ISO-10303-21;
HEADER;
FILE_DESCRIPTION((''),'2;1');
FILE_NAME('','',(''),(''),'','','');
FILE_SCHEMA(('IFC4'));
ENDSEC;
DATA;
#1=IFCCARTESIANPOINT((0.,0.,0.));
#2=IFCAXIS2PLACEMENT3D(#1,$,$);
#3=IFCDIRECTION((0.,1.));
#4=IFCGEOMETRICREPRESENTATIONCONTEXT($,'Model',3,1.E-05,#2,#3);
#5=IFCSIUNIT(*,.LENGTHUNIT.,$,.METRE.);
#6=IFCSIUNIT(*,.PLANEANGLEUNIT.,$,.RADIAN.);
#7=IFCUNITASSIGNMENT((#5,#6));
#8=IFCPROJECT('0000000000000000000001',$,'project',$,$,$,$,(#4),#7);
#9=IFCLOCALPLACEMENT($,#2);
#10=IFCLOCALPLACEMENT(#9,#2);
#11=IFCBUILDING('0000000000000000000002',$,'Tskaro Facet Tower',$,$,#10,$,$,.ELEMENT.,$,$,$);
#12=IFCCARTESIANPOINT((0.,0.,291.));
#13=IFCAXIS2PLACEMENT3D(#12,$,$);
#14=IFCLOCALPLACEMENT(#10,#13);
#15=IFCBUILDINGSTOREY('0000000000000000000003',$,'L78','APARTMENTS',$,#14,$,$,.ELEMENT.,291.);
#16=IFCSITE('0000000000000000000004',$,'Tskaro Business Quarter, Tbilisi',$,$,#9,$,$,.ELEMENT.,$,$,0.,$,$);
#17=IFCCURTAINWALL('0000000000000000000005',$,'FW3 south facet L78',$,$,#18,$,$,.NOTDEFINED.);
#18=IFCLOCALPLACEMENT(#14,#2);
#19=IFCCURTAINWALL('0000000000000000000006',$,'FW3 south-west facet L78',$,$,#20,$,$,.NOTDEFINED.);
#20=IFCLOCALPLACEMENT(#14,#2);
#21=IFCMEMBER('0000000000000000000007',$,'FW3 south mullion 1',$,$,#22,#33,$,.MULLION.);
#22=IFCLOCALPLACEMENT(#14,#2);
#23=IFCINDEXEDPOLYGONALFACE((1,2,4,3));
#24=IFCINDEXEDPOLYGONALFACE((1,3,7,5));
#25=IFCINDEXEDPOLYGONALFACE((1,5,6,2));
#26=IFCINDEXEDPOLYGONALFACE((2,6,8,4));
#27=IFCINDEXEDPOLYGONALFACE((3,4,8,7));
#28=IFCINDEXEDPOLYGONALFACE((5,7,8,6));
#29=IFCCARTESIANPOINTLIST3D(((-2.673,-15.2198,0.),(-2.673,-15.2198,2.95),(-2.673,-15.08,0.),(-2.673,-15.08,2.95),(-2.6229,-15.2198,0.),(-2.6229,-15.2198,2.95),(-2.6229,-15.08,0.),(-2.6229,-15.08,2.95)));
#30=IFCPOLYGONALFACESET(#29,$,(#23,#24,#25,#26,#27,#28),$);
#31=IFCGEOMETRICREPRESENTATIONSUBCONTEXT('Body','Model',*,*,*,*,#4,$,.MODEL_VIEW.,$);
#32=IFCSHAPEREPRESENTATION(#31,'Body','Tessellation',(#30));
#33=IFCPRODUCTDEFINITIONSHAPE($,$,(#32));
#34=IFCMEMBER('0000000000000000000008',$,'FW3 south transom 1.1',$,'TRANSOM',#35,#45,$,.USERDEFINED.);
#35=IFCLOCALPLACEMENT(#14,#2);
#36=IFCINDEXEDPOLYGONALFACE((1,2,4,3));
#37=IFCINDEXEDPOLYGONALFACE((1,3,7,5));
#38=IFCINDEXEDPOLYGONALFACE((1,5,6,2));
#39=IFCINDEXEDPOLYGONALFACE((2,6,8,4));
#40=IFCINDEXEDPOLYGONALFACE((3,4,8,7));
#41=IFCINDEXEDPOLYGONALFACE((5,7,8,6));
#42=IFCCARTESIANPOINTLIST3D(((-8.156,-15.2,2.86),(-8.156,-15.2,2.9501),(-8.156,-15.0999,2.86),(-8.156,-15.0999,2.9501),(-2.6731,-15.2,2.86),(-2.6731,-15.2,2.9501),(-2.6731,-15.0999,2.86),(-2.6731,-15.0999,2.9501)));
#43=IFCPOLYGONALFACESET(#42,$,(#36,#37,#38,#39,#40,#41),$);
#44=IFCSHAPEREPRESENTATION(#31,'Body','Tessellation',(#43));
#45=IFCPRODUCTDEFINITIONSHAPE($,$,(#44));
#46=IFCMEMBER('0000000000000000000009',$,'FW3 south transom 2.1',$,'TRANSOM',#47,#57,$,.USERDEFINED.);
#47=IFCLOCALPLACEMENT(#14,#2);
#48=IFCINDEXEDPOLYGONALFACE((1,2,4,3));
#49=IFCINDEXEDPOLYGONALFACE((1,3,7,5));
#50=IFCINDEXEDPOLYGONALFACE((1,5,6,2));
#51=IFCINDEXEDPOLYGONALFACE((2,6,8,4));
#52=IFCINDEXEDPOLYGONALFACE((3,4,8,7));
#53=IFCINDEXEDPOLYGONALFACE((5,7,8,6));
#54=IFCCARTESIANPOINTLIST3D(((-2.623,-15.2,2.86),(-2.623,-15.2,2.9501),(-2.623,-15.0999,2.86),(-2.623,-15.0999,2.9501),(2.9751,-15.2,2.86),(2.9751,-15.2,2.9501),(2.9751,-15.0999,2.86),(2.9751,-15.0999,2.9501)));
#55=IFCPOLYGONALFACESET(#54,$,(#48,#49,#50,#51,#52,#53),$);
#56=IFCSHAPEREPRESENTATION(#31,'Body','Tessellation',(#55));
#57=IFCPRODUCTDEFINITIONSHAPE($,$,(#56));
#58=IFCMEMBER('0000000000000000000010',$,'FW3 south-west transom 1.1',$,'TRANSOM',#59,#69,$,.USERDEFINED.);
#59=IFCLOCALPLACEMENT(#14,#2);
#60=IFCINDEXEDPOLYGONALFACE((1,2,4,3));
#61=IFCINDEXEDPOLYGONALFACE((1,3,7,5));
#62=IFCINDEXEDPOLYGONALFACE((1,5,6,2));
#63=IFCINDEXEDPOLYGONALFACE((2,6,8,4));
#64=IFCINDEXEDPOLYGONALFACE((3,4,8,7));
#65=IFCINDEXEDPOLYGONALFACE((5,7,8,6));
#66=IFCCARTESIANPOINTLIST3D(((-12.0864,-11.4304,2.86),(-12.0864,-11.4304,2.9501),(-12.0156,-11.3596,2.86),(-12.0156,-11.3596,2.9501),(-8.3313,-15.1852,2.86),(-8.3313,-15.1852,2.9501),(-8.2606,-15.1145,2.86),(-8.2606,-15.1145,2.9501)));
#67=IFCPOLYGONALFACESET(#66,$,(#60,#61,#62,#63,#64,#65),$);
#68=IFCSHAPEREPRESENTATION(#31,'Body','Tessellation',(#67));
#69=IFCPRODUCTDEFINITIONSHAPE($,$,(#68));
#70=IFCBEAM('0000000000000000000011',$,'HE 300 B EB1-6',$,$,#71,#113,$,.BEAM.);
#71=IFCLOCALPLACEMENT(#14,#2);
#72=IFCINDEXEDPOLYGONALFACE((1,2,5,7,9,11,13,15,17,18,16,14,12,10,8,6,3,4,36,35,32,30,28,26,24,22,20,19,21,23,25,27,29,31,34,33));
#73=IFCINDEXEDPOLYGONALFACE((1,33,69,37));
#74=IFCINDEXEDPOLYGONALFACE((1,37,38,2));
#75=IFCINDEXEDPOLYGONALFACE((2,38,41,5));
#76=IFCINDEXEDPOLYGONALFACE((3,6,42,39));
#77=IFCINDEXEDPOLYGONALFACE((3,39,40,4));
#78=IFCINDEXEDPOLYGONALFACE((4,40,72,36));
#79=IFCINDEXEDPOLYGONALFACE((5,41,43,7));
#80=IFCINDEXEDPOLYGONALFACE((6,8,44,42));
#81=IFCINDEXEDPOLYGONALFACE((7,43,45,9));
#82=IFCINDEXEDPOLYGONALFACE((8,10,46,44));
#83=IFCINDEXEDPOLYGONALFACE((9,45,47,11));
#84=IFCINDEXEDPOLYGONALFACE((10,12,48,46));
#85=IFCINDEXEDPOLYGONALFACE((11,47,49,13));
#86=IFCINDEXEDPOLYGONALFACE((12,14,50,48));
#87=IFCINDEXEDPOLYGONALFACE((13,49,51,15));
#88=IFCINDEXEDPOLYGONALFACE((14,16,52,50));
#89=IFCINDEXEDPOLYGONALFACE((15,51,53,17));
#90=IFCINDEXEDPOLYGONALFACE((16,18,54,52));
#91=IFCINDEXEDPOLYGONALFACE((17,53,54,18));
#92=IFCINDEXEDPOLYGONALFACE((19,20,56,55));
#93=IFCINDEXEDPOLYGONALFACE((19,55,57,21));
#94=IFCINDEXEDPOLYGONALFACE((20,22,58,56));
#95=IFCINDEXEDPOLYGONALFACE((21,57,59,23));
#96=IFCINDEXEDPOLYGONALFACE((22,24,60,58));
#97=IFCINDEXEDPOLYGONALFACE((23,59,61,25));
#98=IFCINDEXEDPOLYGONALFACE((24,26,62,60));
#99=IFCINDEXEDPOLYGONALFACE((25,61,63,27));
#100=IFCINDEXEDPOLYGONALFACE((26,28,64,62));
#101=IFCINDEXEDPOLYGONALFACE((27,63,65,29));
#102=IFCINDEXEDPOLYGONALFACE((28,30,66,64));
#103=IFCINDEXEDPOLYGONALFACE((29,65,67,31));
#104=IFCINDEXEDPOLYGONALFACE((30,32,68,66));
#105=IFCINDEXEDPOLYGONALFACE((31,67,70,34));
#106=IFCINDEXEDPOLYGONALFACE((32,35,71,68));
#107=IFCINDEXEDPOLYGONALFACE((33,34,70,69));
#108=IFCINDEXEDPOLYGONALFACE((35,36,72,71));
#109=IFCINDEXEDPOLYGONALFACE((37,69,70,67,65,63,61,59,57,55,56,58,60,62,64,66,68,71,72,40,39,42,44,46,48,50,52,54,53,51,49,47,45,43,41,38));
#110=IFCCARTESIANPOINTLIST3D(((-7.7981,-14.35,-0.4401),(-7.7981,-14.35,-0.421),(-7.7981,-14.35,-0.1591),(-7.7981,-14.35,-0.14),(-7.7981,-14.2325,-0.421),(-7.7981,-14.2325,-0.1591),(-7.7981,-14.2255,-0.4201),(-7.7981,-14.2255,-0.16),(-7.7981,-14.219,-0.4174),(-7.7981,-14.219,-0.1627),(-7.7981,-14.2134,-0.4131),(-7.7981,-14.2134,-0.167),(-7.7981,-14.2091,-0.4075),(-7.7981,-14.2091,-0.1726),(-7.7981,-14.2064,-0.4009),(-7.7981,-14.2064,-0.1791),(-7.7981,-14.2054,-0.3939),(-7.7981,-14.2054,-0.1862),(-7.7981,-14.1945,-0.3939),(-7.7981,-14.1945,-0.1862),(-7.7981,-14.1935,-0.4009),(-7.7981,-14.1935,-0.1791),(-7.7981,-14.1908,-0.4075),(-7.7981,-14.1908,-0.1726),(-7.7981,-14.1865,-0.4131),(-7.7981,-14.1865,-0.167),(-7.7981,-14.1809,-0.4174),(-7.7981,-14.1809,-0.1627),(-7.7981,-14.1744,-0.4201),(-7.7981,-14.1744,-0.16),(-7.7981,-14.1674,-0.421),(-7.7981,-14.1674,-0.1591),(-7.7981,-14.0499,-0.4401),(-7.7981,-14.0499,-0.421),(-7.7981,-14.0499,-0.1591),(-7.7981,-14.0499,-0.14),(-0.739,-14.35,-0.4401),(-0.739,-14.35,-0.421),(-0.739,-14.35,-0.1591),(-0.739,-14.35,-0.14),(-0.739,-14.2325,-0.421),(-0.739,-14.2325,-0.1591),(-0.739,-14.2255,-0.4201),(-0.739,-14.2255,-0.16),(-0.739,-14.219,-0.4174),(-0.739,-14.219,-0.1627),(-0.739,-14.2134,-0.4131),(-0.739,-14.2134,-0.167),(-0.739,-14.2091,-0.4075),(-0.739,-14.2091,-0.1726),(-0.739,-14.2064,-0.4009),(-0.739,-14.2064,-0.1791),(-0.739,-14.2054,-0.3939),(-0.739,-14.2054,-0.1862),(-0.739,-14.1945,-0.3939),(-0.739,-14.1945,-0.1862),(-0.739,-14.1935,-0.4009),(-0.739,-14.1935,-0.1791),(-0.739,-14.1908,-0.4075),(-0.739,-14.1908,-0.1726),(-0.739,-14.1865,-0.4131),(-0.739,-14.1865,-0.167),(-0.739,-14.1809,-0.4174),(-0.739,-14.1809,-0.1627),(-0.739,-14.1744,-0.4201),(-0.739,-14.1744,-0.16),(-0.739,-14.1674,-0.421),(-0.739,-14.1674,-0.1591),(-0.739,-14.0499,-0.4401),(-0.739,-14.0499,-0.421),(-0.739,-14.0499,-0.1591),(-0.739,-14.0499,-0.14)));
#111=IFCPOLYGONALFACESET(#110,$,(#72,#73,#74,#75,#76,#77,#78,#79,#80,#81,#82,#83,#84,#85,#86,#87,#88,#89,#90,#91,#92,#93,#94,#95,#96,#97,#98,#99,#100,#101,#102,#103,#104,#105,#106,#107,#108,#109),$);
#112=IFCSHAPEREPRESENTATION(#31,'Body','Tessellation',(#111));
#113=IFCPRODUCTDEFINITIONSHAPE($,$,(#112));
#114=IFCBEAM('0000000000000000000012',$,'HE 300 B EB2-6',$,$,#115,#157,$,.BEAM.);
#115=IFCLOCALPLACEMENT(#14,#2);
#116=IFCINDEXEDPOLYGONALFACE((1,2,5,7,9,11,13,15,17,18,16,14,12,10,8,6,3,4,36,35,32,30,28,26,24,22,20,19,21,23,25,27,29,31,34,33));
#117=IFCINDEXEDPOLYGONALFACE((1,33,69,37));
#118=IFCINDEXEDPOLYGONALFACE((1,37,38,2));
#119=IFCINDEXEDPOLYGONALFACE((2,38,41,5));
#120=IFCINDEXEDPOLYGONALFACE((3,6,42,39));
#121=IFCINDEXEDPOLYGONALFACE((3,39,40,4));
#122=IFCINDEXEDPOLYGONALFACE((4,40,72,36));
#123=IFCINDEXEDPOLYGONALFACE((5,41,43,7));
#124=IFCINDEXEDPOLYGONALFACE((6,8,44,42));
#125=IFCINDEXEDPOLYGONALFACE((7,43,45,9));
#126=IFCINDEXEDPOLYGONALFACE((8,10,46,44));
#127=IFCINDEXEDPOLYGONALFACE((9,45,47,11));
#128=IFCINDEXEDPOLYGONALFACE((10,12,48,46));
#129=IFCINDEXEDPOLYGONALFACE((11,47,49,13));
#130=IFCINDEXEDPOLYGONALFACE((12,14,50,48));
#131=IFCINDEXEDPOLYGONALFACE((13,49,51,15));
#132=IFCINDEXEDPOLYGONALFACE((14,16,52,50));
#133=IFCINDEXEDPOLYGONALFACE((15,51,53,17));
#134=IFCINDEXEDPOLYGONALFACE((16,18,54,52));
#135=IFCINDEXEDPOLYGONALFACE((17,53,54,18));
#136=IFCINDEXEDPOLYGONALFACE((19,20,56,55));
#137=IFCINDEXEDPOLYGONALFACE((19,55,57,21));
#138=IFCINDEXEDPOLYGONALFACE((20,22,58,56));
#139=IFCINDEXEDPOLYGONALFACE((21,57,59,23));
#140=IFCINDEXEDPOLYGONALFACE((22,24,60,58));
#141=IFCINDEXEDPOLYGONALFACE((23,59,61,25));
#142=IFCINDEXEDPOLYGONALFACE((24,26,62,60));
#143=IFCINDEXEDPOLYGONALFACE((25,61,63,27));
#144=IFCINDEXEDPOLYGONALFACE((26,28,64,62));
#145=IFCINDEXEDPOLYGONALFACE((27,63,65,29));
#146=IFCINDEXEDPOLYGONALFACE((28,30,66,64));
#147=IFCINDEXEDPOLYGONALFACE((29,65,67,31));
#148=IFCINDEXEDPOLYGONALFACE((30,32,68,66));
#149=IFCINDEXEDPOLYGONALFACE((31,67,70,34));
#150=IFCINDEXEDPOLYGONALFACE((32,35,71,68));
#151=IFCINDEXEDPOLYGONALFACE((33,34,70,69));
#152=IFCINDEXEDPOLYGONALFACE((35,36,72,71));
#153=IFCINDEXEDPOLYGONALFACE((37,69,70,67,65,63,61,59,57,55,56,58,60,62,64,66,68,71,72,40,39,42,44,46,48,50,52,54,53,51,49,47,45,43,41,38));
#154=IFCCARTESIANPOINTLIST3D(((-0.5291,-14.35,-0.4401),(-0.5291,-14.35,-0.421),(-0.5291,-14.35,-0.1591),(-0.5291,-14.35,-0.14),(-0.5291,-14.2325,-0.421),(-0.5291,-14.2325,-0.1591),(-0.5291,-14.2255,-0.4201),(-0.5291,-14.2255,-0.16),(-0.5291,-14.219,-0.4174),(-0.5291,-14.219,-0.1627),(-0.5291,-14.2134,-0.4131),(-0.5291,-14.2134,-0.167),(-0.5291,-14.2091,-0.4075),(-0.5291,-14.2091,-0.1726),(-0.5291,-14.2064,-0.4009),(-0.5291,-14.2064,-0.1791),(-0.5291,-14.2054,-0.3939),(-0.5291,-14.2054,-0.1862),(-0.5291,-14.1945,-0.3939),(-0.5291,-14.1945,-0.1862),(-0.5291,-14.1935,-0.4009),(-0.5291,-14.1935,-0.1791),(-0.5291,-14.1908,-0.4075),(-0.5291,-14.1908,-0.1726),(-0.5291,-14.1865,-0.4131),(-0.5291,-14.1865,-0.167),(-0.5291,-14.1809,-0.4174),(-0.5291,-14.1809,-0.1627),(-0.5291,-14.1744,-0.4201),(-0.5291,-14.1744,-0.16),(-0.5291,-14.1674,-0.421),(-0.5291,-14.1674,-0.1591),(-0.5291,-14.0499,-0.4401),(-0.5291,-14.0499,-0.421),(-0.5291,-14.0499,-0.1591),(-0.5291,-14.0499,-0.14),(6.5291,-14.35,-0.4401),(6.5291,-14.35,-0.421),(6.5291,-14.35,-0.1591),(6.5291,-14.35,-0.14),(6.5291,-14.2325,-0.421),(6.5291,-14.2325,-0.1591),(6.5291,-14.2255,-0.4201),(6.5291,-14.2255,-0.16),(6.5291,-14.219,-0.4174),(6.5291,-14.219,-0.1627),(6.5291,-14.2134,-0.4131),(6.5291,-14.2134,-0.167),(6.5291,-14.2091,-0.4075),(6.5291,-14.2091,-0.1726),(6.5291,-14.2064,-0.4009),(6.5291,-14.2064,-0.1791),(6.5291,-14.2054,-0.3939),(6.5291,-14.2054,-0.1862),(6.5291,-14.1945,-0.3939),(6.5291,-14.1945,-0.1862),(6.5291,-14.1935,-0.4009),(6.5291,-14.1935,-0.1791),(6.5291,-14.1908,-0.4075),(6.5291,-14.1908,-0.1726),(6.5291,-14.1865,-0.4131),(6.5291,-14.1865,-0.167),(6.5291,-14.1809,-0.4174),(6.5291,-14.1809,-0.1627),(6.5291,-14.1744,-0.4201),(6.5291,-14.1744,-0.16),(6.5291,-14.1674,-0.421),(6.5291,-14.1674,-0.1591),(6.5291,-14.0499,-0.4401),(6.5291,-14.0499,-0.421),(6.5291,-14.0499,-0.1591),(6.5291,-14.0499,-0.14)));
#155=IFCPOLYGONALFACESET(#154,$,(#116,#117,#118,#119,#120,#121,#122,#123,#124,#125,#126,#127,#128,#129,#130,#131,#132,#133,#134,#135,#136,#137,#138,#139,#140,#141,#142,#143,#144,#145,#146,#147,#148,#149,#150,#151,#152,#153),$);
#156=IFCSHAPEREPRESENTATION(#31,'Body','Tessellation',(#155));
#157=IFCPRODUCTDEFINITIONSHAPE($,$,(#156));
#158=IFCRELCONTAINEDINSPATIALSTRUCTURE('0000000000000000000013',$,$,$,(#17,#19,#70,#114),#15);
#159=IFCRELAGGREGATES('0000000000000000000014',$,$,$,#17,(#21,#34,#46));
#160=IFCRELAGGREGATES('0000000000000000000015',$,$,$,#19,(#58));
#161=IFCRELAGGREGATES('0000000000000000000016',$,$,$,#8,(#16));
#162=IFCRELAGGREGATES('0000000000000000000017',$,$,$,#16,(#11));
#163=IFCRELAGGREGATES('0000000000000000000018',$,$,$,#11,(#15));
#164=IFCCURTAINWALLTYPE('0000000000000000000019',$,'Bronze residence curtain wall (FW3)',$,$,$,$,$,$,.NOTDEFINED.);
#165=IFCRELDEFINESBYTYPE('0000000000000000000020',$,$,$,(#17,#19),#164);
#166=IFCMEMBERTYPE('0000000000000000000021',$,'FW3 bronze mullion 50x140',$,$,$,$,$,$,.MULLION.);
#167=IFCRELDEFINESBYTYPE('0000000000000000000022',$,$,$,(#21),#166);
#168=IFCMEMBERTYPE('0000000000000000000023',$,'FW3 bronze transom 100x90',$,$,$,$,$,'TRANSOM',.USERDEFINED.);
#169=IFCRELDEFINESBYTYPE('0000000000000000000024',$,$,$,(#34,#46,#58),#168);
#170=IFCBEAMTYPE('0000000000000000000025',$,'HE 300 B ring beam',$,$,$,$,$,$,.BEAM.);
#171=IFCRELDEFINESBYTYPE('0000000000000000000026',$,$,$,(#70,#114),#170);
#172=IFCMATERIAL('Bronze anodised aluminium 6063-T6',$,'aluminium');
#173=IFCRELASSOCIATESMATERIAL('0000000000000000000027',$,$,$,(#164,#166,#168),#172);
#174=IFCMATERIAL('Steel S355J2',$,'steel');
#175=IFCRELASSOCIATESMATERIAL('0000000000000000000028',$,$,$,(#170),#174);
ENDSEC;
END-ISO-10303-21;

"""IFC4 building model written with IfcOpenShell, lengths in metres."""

from ifc_helpers import new_model, si_unit, direction, frame, origin, origin_2d, place, context, subcontext, project, spatial, rectangle, i_section, extrude, material, material_profile, profile_set, type_object, element, aggregate, save


model = new_model("IFC4")

# Units and contexts
model_context = context("Model", 3, precision=1e-05, world=origin(), true_north=direction((0.0, 1.0)))
body_context = subcontext(model_context, "Body", "Model", "MODEL_VIEW")
ifc_project = project(units=[si_unit("LENGTHUNIT", "METRE"), si_unit("PLANEANGLEUNIT", "RADIAN")], contexts=[model_context])

# Site, building, storey
site_placement = place(None, origin())
site = spatial("IfcSite", under=ifc_project, at=site_placement, Name="Tskaro Business Quarter, Tbilisi", CompositionType="ELEMENT", RefElevation=0.0)
building_placement = place(site_placement, origin())
building = spatial("IfcBuilding", under=site, at=building_placement, Name="Tskaro Facet Tower", CompositionType="ELEMENT")
storey_placement = place(building_placement, frame((0.0, 0.0, 291.0)))
storey = spatial("IfcBuildingStorey", under=building, at=storey_placement, Name="L78", Description="APARTMENTS", CompositionType="ELEMENT", Elevation=291.0)

# Shared definitions
ifc_material_1 = material(Name="Steel S355J2", Category="steel")

# Curtain walls
ifc_material_2 = material(Name="Bronze anodised aluminium 6063-T6", Category="aluminium")
curtain_wall_type = type_object("IfcCurtainWallType", Name="Bronze residence curtain wall (FW3)", PredefinedType="NOTDEFINED", material=ifc_material_2)
curtain_wall_1_placement = place(storey_placement, origin())
curtain_wall_1 = element("IfcCurtainWall", 1, at=curtain_wall_1_placement, inside=storey, type_object=curtain_wall_type, Name="FW3 south facet L78", PredefinedType="NOTDEFINED")
curtain_wall_2_placement = place(storey_placement, origin())
curtain_wall_2 = element("IfcCurtainWall", 2, at=curtain_wall_2_placement, inside=storey, type_object=curtain_wall_type, Name="FW3 south-west facet L78", PredefinedType="NOTDEFINED")

# Members
ifc_material_profile_1 = material_profile(ifc_material_2, rectangle(XDim=0.05, YDim=0.1399, at=origin_2d()), Name="Mullion 50x140")
ifc_profile_set_1 = profile_set([ifc_material_profile_1], Name="Bronze anodised aluminium 6063-T6")
member_type_1 = type_object("IfcMemberType", Name="FW3 bronze mullion 50x140", PredefinedType="MULLION", material=ifc_profile_set_1)
member_1_placement = place(storey_placement, frame((-2.6479, -15.1499, 0.0), z_axis=(0.0, 0.0, 1.0), x_axis=(1.0, 0.0, 0.0)))
member_1 = element("IfcMember", 3, at=member_1_placement, type_object=member_type_1, Name="FW3 south mullion 1", PredefinedType="MULLION", context=body_context, shape_type="SweptSolid", body=[
    extrude(rectangle(XDim=0.05, YDim=0.1399, at=origin_2d()), origin(), (0.0, 0.0, 1.0), 2.95),
])
ifc_material_profile_2 = material_profile(ifc_material_2, rectangle(XDim=0.1001, YDim=0.0901, at=origin_2d()), Name="Transom 100x90")
ifc_profile_set_2 = profile_set([ifc_material_profile_2], Name="Bronze anodised aluminium 6063-T6")
member_type_2 = type_object("IfcMemberType", Name="FW3 bronze transom 100x90", ElementType="TRANSOM", PredefinedType="USERDEFINED", material=ifc_profile_set_2)
member_2_placement = place(storey_placement, frame((-8.156, -15.1499, 2.905), z_axis=(1.0, 0.0, 0.0), x_axis=(0.0, 1.0, 0.0)))
member_2 = element("IfcMember", 4, at=member_2_placement, type_object=member_type_2, Name="FW3 south transom 1.1", ObjectType="TRANSOM", PredefinedType="USERDEFINED", context=body_context, shape_type="SweptSolid", body=[
    extrude(rectangle(XDim=0.1001, YDim=0.0901, at=origin_2d()), origin(), (0.0, 0.0, 1.0), 5.4829),
])
member_3_placement = place(storey_placement, frame((-2.623, -15.1499, 2.905), z_axis=(1.0, 0.0, 0.0), x_axis=(0.0, 1.0, 0.0)))
member_3 = element("IfcMember", 5, at=member_3_placement, type_object=member_type_2, Name="FW3 south transom 2.1", ObjectType="TRANSOM", PredefinedType="USERDEFINED", context=body_context, shape_type="SweptSolid", body=[
    extrude(rectangle(XDim=0.1001, YDim=0.0901, at=origin_2d()), origin(), (0.0, 0.0, 1.0), 5.5981),
])
member_4_placement = place(storey_placement, frame((-12.051, -11.395, 2.905), z_axis=(0.70713, -0.707084, 0.0), x_axis=(0.707084, 0.70713, 0.0)))
member_4 = element("IfcMember", 6, at=member_4_placement, type_object=member_type_2, Name="FW3 south-west transom 1.1", ObjectType="TRANSOM", PredefinedType="USERDEFINED", context=body_context, shape_type="SweptSolid", body=[
    extrude(rectangle(XDim=0.1001, YDim=0.0901, at=origin_2d()), origin(), (0.0, 0.0, 1.0), 5.3103),
])

# Beams
ifc_material_profile_3 = material_profile(ifc_material_1, i_section(OverallWidth=0.3, OverallDepth=0.3, WebThickness=0.011, FlangeThickness=0.019, FilletRadius=0.0271, at=origin_2d()), Name="HE 300 B")
ifc_profile_set_3 = profile_set([ifc_material_profile_3], Name="Steel S355J2")
beam_type_1 = type_object("IfcBeamType", Name="HE 300 B ring beam", PredefinedType="BEAM", material=ifc_profile_set_3)
beam_1_placement = place(storey_placement, frame((-7.7981, -14.2, -0.29), z_axis=(1.0, 0.0, 0.0), x_axis=(0.0, 1.0, 0.0)))
element("IfcBeam", 7, at=beam_1_placement, inside=storey, type_object=beam_type_1, Name="HE 300 B EB1-6", PredefinedType="BEAM", context=body_context, shape_type="SweptSolid", body=[
    extrude(i_section(OverallWidth=0.3, OverallDepth=0.3, WebThickness=0.011, FlangeThickness=0.019, FilletRadius=0.0271, at=origin_2d()), origin(), (0.0, 0.0, 1.0), 7.0591),
])
beam_2_placement = place(storey_placement, frame((-0.5291, -14.2, -0.29), z_axis=(1.0, 0.0, 0.0), x_axis=(0.0, 1.0, 0.0)))
element("IfcBeam", 8, at=beam_2_placement, inside=storey, type_object=beam_type_1, Name="HE 300 B EB2-6", PredefinedType="BEAM", context=body_context, shape_type="SweptSolid", body=[
    extrude(i_section(OverallWidth=0.3, OverallDepth=0.3, WebThickness=0.011, FlangeThickness=0.019, FilletRadius=0.0271, at=origin_2d()), origin(), (0.0, 0.0, 1.0), 7.0581),
])

aggregate(curtain_wall_1, [member_1, member_2, member_3])
aggregate(curtain_wall_2, [member_4])

save(model, "model.ifc")
